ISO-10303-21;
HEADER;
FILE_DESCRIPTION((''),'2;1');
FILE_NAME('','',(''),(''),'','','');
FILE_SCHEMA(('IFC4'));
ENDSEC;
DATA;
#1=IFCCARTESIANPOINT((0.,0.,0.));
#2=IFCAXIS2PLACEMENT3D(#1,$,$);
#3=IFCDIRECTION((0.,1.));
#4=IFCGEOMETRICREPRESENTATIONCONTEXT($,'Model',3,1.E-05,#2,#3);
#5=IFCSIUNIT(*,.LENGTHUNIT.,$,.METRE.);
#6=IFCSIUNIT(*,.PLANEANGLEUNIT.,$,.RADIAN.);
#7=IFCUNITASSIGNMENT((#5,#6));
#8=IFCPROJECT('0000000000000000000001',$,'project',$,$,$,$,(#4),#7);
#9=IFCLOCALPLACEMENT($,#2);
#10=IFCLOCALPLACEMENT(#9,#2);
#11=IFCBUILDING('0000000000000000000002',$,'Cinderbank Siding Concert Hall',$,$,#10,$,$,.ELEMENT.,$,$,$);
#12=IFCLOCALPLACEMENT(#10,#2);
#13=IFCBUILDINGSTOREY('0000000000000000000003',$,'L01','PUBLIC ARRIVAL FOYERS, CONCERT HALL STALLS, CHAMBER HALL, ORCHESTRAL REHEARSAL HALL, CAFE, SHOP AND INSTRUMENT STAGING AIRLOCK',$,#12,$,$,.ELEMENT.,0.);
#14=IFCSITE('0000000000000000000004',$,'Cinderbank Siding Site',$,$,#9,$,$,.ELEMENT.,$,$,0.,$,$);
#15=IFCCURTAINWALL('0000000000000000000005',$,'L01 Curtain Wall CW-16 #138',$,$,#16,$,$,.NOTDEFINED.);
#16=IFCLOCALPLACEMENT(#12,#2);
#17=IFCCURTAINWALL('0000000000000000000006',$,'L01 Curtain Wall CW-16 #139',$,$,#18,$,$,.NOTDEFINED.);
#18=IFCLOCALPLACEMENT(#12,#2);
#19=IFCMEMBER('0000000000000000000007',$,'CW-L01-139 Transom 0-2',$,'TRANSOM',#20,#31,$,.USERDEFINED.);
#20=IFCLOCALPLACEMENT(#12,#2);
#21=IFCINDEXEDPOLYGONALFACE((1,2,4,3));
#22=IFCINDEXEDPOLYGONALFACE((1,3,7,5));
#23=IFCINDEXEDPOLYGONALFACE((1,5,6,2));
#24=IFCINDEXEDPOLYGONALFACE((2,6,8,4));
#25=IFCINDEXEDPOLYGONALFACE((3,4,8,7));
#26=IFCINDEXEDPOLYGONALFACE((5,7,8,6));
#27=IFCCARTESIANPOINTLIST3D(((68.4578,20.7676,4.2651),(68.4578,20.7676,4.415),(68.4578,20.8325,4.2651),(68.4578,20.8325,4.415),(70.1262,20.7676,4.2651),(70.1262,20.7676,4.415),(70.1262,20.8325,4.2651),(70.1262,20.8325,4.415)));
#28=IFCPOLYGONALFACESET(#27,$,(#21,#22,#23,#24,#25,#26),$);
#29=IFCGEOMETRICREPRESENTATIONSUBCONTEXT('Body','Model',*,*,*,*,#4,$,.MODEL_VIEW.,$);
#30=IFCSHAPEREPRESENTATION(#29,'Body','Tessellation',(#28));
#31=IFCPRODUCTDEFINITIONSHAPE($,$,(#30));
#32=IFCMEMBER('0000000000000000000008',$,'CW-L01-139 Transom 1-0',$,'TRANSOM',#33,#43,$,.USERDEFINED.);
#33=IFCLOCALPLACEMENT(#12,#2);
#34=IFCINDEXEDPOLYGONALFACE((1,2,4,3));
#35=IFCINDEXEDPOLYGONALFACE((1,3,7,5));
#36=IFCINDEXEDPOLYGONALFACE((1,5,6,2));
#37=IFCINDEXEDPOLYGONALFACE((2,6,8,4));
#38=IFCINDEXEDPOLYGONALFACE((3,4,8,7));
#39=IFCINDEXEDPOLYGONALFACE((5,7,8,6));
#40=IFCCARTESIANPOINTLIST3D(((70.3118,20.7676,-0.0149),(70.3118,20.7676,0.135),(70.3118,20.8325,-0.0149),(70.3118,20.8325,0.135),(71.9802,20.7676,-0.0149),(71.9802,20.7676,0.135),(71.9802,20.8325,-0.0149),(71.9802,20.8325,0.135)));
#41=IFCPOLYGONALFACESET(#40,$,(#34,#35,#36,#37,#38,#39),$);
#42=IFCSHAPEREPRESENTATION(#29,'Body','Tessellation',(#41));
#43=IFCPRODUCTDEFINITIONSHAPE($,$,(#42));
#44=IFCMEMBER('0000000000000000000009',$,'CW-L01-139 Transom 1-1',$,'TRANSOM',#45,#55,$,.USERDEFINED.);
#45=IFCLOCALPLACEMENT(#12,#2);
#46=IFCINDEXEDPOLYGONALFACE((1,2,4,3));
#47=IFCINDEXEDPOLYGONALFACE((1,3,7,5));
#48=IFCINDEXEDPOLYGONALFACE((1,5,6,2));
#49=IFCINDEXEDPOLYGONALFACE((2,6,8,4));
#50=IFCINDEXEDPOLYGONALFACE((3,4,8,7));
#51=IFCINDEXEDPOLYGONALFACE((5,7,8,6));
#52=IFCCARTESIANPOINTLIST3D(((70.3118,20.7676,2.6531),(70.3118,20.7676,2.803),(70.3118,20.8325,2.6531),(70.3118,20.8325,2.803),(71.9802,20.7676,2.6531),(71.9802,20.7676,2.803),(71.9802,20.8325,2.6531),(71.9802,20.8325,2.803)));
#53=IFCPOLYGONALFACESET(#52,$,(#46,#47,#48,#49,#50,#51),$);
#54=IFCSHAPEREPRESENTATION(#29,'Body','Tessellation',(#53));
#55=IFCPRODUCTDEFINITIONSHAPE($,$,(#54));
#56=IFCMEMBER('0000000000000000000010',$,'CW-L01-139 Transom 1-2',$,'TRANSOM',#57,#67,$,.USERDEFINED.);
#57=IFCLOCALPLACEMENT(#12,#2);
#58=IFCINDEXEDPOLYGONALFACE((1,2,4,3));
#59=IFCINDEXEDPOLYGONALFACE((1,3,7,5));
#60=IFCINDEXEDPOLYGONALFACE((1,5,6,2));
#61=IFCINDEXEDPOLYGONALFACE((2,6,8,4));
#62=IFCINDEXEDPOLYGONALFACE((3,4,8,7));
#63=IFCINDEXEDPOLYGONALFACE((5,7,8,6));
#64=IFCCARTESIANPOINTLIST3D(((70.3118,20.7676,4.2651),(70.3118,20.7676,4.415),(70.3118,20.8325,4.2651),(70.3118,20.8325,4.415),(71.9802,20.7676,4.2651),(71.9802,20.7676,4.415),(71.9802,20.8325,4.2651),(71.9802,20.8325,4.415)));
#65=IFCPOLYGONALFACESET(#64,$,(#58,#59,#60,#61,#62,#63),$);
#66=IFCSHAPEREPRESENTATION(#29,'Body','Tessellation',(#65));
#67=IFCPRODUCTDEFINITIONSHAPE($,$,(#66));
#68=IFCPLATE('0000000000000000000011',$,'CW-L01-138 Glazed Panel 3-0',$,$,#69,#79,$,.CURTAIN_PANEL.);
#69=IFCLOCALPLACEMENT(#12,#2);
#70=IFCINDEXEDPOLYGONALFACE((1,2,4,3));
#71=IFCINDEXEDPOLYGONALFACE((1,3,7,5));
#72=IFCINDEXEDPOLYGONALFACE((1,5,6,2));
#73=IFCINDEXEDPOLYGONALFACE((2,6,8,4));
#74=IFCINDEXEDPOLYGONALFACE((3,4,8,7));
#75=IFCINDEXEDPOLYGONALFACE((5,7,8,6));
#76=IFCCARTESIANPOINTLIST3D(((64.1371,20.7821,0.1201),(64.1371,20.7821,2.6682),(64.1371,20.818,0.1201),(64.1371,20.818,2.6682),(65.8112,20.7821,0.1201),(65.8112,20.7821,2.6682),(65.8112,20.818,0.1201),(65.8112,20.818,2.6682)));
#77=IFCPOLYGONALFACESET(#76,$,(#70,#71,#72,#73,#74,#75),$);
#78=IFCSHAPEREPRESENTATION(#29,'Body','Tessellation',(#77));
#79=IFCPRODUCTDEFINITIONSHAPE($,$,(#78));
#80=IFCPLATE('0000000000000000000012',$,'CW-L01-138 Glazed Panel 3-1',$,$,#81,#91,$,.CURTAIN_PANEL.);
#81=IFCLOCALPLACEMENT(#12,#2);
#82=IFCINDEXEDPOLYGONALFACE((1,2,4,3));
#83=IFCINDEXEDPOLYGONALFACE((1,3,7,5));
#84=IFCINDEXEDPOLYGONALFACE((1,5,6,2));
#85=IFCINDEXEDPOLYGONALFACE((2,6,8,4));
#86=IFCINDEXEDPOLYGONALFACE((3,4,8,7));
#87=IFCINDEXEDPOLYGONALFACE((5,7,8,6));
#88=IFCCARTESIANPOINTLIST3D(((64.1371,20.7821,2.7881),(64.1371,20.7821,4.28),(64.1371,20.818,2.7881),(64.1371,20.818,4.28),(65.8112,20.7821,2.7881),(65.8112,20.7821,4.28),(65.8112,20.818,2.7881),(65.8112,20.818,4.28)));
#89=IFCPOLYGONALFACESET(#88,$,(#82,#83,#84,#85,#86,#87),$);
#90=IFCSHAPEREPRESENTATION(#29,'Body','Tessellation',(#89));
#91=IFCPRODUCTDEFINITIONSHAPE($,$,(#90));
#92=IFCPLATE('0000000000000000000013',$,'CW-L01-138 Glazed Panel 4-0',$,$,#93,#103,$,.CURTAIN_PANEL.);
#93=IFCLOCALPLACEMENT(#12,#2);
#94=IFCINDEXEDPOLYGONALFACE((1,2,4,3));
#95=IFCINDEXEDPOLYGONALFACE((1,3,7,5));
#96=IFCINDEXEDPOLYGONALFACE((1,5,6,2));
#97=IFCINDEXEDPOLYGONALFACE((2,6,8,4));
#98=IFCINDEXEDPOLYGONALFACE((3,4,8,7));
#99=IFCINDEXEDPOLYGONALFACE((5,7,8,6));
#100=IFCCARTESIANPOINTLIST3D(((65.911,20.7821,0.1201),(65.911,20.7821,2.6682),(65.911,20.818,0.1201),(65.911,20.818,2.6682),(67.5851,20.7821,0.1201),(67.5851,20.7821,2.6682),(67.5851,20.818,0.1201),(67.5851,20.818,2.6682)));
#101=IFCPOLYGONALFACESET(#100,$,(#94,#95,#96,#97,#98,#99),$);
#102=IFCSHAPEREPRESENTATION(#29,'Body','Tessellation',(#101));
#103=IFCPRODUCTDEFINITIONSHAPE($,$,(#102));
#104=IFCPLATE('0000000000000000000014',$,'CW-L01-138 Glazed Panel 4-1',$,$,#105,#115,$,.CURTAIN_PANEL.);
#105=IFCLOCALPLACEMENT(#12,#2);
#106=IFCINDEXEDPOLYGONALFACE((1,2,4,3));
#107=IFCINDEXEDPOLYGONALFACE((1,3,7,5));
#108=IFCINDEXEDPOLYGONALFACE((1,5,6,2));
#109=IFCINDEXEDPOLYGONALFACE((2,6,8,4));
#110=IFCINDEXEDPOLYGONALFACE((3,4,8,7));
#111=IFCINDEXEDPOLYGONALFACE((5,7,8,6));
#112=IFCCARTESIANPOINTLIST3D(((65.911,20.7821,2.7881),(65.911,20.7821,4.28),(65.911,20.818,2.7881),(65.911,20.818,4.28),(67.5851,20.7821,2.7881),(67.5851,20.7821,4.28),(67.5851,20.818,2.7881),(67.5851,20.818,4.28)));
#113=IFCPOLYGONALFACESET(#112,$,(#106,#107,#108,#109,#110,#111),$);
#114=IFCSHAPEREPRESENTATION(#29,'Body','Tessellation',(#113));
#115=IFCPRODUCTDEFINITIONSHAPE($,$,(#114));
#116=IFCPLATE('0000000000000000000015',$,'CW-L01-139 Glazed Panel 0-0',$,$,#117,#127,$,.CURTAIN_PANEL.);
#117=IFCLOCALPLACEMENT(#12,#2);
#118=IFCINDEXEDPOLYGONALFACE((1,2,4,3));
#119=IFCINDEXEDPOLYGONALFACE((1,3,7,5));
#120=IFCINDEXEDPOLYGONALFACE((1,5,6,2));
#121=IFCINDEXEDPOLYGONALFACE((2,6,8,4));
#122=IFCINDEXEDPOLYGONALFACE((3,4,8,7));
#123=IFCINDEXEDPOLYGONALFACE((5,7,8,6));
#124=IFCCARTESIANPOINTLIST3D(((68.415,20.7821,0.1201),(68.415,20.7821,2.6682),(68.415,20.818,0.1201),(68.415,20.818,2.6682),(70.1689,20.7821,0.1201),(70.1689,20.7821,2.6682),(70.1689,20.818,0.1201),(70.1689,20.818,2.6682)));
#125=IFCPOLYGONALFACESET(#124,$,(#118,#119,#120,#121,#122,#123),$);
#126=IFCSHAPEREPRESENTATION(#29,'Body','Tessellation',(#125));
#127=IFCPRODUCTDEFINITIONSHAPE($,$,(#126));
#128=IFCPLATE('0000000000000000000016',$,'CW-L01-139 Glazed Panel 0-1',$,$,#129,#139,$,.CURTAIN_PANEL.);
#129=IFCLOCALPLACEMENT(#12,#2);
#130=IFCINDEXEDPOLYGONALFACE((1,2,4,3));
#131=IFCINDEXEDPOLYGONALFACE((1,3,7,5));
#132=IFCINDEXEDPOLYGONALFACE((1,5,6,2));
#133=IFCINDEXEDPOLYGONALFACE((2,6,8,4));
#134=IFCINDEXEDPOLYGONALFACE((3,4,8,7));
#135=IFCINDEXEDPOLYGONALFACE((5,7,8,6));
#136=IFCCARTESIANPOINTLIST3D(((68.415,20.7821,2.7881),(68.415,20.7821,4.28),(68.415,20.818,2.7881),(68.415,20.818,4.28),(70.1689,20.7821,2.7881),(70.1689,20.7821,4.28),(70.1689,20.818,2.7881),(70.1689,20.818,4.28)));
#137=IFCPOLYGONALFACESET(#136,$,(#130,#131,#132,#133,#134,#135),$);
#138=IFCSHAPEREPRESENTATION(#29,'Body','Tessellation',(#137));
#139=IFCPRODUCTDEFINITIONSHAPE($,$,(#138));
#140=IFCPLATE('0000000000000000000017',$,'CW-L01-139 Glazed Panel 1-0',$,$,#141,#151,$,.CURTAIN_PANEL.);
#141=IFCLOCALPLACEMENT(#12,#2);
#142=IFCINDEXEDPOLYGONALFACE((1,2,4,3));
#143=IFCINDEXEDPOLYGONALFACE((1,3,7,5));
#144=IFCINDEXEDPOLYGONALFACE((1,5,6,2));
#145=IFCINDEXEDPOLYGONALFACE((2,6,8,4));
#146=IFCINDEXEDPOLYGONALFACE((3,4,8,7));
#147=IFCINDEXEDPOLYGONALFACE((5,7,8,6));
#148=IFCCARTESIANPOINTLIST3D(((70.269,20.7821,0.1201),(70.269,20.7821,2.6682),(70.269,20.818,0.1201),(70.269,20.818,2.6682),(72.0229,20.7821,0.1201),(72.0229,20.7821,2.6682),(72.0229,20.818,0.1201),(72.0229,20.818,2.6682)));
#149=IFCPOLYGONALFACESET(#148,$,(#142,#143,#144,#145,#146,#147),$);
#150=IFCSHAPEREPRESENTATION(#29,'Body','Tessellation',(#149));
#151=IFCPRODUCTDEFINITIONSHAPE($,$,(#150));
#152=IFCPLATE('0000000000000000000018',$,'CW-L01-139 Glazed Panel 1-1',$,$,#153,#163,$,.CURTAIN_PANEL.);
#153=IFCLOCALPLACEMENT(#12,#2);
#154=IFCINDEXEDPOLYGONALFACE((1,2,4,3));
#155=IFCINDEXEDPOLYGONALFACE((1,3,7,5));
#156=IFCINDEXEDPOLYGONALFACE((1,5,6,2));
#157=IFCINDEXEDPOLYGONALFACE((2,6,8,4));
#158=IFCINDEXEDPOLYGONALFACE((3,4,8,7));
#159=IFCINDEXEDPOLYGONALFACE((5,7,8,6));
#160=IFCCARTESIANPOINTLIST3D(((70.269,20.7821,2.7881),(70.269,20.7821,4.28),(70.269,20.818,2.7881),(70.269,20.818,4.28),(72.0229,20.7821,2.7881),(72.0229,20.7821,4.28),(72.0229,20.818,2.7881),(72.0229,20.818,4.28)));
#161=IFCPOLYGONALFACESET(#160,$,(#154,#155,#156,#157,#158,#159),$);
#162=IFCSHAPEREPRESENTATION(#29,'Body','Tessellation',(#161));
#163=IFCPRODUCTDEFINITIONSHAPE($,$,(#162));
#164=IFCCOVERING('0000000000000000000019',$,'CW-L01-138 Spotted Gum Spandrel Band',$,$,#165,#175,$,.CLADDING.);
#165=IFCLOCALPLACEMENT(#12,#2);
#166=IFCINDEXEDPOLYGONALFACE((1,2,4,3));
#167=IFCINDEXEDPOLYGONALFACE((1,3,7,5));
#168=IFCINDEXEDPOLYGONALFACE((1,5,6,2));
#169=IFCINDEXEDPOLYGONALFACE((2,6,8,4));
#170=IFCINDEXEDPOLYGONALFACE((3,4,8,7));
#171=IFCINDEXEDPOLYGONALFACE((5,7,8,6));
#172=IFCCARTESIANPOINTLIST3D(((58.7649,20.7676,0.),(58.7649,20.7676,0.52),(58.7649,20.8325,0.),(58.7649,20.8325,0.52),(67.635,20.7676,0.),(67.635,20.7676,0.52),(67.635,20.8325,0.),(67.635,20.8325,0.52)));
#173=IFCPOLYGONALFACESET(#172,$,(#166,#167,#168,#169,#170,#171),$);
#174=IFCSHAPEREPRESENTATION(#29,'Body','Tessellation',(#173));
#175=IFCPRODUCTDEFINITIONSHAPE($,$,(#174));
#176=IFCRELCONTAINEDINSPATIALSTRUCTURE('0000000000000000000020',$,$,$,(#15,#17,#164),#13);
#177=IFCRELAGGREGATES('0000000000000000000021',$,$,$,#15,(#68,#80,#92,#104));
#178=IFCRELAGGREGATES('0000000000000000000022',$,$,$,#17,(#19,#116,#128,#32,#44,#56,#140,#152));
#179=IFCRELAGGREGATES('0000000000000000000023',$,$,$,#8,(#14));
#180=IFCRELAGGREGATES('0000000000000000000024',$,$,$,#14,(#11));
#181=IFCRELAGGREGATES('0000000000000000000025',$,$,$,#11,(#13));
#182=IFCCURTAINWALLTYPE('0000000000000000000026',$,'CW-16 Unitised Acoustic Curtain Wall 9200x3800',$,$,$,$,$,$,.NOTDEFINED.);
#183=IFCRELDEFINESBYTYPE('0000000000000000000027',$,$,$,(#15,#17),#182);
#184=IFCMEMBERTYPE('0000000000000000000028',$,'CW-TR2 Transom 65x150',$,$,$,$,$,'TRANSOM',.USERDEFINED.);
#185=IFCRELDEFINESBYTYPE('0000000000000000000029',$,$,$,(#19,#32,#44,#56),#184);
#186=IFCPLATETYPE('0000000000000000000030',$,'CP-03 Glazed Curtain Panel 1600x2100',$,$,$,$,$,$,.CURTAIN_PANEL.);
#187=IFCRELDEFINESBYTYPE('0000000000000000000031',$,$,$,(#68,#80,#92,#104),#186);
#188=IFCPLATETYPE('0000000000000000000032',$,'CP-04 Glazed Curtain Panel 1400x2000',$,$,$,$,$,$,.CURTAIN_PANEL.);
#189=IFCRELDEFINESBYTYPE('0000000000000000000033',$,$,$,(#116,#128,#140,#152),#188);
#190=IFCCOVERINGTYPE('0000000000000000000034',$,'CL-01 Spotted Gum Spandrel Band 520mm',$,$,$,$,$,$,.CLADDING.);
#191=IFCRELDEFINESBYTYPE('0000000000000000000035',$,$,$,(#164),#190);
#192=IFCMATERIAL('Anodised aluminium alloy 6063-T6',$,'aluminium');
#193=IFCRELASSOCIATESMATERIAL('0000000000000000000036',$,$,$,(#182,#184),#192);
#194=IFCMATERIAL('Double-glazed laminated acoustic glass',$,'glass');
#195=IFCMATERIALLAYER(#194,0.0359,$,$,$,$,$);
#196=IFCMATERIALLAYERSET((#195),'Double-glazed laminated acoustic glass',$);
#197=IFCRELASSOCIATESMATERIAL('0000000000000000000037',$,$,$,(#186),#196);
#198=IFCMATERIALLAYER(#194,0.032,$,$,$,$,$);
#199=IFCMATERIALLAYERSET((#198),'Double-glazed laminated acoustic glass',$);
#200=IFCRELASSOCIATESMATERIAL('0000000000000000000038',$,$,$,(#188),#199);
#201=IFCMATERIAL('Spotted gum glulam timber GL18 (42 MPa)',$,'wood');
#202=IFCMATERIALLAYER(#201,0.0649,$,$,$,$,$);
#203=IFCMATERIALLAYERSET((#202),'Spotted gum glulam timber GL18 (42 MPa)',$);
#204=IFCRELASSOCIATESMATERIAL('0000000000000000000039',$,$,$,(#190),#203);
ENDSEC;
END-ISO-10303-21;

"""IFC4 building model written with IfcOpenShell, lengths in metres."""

from ifc_helpers import new_model, si_unit, direction, frame, origin, origin_2d, place, context, subcontext, project, spatial, rectangle, extrude, material, layer, layer_set, material_profile, profile_set, type_object, element, aggregate, save


model = new_model("IFC4")

# Units and contexts
model_context = context("Model", 3, precision=1e-05, world=origin(), true_north=direction((0.0, 1.0)))
body_context = subcontext(model_context, "Body", "Model", "MODEL_VIEW")
ifc_project = project(units=[si_unit("LENGTHUNIT", "METRE"), si_unit("PLANEANGLEUNIT", "RADIAN")], contexts=[model_context])

# Site, building, storey
site_placement = place(None, origin())
site = spatial("IfcSite", under=ifc_project, at=site_placement, Name="Cinderbank Siding Site", CompositionType="ELEMENT", RefElevation=0.0)
building_placement = place(site_placement, origin())
building = spatial("IfcBuilding", under=site, at=building_placement, Name="Cinderbank Siding Concert Hall", CompositionType="ELEMENT")
storey_placement = place(building_placement, origin())
storey = spatial("IfcBuildingStorey", under=building, at=storey_placement, Name="L01", Description="PUBLIC ARRIVAL FOYERS, CONCERT HALL STALLS, CHAMBER HALL, ORCHESTRAL REHEARSAL HALL, CAFE, SHOP AND INSTRUMENT STAGING AIRLOCK", CompositionType="ELEMENT", Elevation=0.0)

# Curtain walls
ifc_material_1 = material(Name="Anodised aluminium alloy 6063-T6", Category="aluminium")
curtain_wall_type = type_object("IfcCurtainWallType", Name="CW-16 Unitised Acoustic Curtain Wall 9200x3800", PredefinedType="NOTDEFINED", material=ifc_material_1)
curtain_wall_1_placement = place(storey_placement, origin())
curtain_wall_1 = element("IfcCurtainWall", 1, at=curtain_wall_1_placement, inside=storey, type_object=curtain_wall_type, Name="L01 Curtain Wall CW-16 #138", PredefinedType="NOTDEFINED")
curtain_wall_2_placement = place(storey_placement, origin())
curtain_wall_2 = element("IfcCurtainWall", 2, at=curtain_wall_2_placement, inside=storey, type_object=curtain_wall_type, Name="L01 Curtain Wall CW-16 #139", PredefinedType="NOTDEFINED")

# Members
ifc_material_profile_1 = material_profile(ifc_material_1, rectangle(XDim=0.0649, YDim=0.1499, at=origin_2d()), Name="ALU-TRAN-65x150", Category="LoadBearing")
ifc_profile_set_1 = profile_set([ifc_material_profile_1], Name="Anodised aluminium alloy 6063-T6")
member_type_1 = type_object("IfcMemberType", Name="CW-TR2 Transom 65x150", ElementType="TRANSOM", PredefinedType="USERDEFINED", material=ifc_profile_set_1)
member_1_placement = place(storey_placement, frame((68.4578, 20.8, 4.3401), z_axis=(1.0, 0.0, 0.0), x_axis=(0.0, 1.0, 0.0)))
member_1 = element("IfcMember", 3, at=member_1_placement, type_object=member_type_1, Name="CW-L01-139 Transom 0-2", ObjectType="TRANSOM", PredefinedType="USERDEFINED", context=body_context, shape_type="SweptSolid", body=[
    extrude(rectangle(XDim=0.0649, YDim=0.1499, at=origin_2d()), origin(), (0.0, 0.0, 1.0), 1.6685),
])
member_2_placement = place(storey_placement, frame((70.3118, 20.8, 0.0601), z_axis=(1.0, 0.0, 0.0), x_axis=(0.0, 1.0, 0.0)))
member_2 = element("IfcMember", 4, at=member_2_placement, type_object=member_type_1, Name="CW-L01-139 Transom 1-0", ObjectType="TRANSOM", PredefinedType="USERDEFINED", context=body_context, shape_type="SweptSolid", body=[
    extrude(rectangle(XDim=0.0649, YDim=0.1499, at=origin_2d()), origin(), (0.0, 0.0, 1.0), 1.6685),
])
member_3_placement = place(storey_placement, frame((70.3118, 20.8, 2.728), z_axis=(1.0, 0.0, 0.0), x_axis=(0.0, 1.0, 0.0)))
member_3 = element("IfcMember", 5, at=member_3_placement, type_object=member_type_1, Name="CW-L01-139 Transom 1-1", ObjectType="TRANSOM", PredefinedType="USERDEFINED", context=body_context, shape_type="SweptSolid", body=[
    extrude(rectangle(XDim=0.0649, YDim=0.1499, at=origin_2d()), origin(), (0.0, 0.0, 1.0), 1.6685),
])
member_4_placement = place(storey_placement, frame((70.3118, 20.8, 4.3401), z_axis=(1.0, 0.0, 0.0), x_axis=(0.0, 1.0, 0.0)))
member_4 = element("IfcMember", 6, at=member_4_placement, type_object=member_type_1, Name="CW-L01-139 Transom 1-2", ObjectType="TRANSOM", PredefinedType="USERDEFINED", context=body_context, shape_type="SweptSolid", body=[
    extrude(rectangle(XDim=0.0649, YDim=0.1499, at=origin_2d()), origin(), (0.0, 0.0, 1.0), 1.6685),
])

# Plates
ifc_material_2 = material(Name="Double-glazed laminated acoustic glass", Category="glass")
ifc_layer_1 = layer(ifc_material_2, 0.0359)
ifc_layer_set_1 = layer_set([ifc_layer_1], Name="Double-glazed laminated acoustic glass")
plate_type_1 = type_object("IfcPlateType", Name="CP-03 Glazed Curtain Panel 1600x2100", PredefinedType="CURTAIN_PANEL", material=ifc_layer_set_1)
plate_1_placement = place(storey_placement, frame((64.9741, 20.8, 0.1201), z_axis=(0.0, 0.0, 1.0), x_axis=(1.0, 0.0, 0.0)))
plate_1 = element("IfcPlate", 7, at=plate_1_placement, type_object=plate_type_1, Name="CW-L01-138 Glazed Panel 3-0", PredefinedType="CURTAIN_PANEL", context=body_context, shape_type="SweptSolid", body=[
    extrude(rectangle(XDim=1.6741, YDim=0.0359, at=origin_2d()), origin(), (0.0, 0.0, 1.0), 2.5481),
])
plate_2_placement = place(storey_placement, frame((64.9741, 20.8, 2.7881), z_axis=(0.0, 0.0, 1.0), x_axis=(1.0, 0.0, 0.0)))
plate_2 = element("IfcPlate", 8, at=plate_2_placement, type_object=plate_type_1, Name="CW-L01-138 Glazed Panel 3-1", PredefinedType="CURTAIN_PANEL", context=body_context, shape_type="SweptSolid", body=[
    extrude(rectangle(XDim=1.6741, YDim=0.0359, at=origin_2d()), origin(), (0.0, 0.0, 1.0), 1.4919),
])
plate_3_placement = place(storey_placement, frame((66.748, 20.8, 0.1201), z_axis=(0.0, 0.0, 1.0), x_axis=(1.0, 0.0, 0.0)))
plate_3 = element("IfcPlate", 9, at=plate_3_placement, type_object=plate_type_1, Name="CW-L01-138 Glazed Panel 4-0", PredefinedType="CURTAIN_PANEL", context=body_context, shape_type="SweptSolid", body=[
    extrude(rectangle(XDim=1.6741, YDim=0.0359, at=origin_2d()), origin(), (0.0, 0.0, 1.0), 2.5481),
])
plate_4_placement = place(storey_placement, frame((66.748, 20.8, 2.7881), z_axis=(0.0, 0.0, 1.0), x_axis=(1.0, 0.0, 0.0)))
plate_4 = element("IfcPlate", 10, at=plate_4_placement, type_object=plate_type_1, Name="CW-L01-138 Glazed Panel 4-1", PredefinedType="CURTAIN_PANEL", context=body_context, shape_type="SweptSolid", body=[
    extrude(rectangle(XDim=1.6741, YDim=0.0359, at=origin_2d()), origin(), (0.0, 0.0, 1.0), 1.4919),
])
aggregate(curtain_wall_1, [plate_1, plate_2, plate_3, plate_4])
ifc_layer_2 = layer(ifc_material_2, 0.032)
ifc_layer_set_2 = layer_set([ifc_layer_2], Name="Double-glazed laminated acoustic glass")
plate_type_2 = type_object("IfcPlateType", Name="CP-04 Glazed Curtain Panel 1400x2000", PredefinedType="CURTAIN_PANEL", material=ifc_layer_set_2)
plate_5_placement = place(storey_placement, frame((69.292, 20.8, 0.1201), z_axis=(0.0, 0.0, 1.0), x_axis=(1.0, 0.0, 0.0)))
plate_5 = element("IfcPlate", 11, at=plate_5_placement, type_object=plate_type_2, Name="CW-L01-139 Glazed Panel 0-0", PredefinedType="CURTAIN_PANEL", context=body_context, shape_type="SweptSolid", body=[
    extrude(rectangle(XDim=1.7539, YDim=0.0359, at=origin_2d()), origin(), (0.0, 0.0, 1.0), 2.5481),
])
plate_6_placement = place(storey_placement, frame((69.292, 20.8, 2.7881), z_axis=(0.0, 0.0, 1.0), x_axis=(1.0, 0.0, 0.0)))
plate_6 = element("IfcPlate", 12, at=plate_6_placement, type_object=plate_type_2, Name="CW-L01-139 Glazed Panel 0-1", PredefinedType="CURTAIN_PANEL", context=body_context, shape_type="SweptSolid", body=[
    extrude(rectangle(XDim=1.7539, YDim=0.0359, at=origin_2d()), origin(), (0.0, 0.0, 1.0), 1.4919),
])
plate_7_placement = place(storey_placement, frame((71.146, 20.8, 0.1201), z_axis=(0.0, 0.0, 1.0), x_axis=(1.0, 0.0, 0.0)))
plate_7 = element("IfcPlate", 13, at=plate_7_placement, type_object=plate_type_2, Name="CW-L01-139 Glazed Panel 1-0", PredefinedType="CURTAIN_PANEL", context=body_context, shape_type="SweptSolid", body=[
    extrude(rectangle(XDim=1.7539, YDim=0.0359, at=origin_2d()), origin(), (0.0, 0.0, 1.0), 2.5481),
])
plate_8_placement = place(storey_placement, frame((71.146, 20.8, 2.7881), z_axis=(0.0, 0.0, 1.0), x_axis=(1.0, 0.0, 0.0)))
plate_8 = element("IfcPlate", 14, at=plate_8_placement, type_object=plate_type_2, Name="CW-L01-139 Glazed Panel 1-1", PredefinedType="CURTAIN_PANEL", context=body_context, shape_type="SweptSolid", body=[
    extrude(rectangle(XDim=1.7539, YDim=0.0359, at=origin_2d()), origin(), (0.0, 0.0, 1.0), 1.4919),
])
aggregate(curtain_wall_2, [member_1, plate_5, plate_6, member_2, member_3, member_4, plate_7, plate_8])

# Covering
ifc_material_3 = material(Name="Spotted gum glulam timber GL18 (42 MPa)", Category="wood")
ifc_layer_3 = layer(ifc_material_3, 0.0649)
ifc_layer_set_3 = layer_set([ifc_layer_3], Name="Spotted gum glulam timber GL18 (42 MPa)")
covering_type = type_object("IfcCoveringType", Name="CL-01 Spotted Gum Spandrel Band 520mm", PredefinedType="CLADDING", material=ifc_layer_set_3)
covering_placement = place(storey_placement, frame((63.2, 20.8, 0.0), z_axis=(0.0, 0.0, 1.0), x_axis=(1.0, 0.0, 0.0)))
element("IfcCovering", 15, at=covering_placement, inside=storey, type_object=covering_type, Name="CW-L01-138 Spotted Gum Spandrel Band", PredefinedType="CLADDING", context=body_context, shape_type="SweptSolid", body=[
    extrude(rectangle(XDim=8.8701, YDim=0.0649, at=origin_2d()), origin(), (0.0, 0.0, 1.0), 0.52),
])

save(model, "model.ifc")
